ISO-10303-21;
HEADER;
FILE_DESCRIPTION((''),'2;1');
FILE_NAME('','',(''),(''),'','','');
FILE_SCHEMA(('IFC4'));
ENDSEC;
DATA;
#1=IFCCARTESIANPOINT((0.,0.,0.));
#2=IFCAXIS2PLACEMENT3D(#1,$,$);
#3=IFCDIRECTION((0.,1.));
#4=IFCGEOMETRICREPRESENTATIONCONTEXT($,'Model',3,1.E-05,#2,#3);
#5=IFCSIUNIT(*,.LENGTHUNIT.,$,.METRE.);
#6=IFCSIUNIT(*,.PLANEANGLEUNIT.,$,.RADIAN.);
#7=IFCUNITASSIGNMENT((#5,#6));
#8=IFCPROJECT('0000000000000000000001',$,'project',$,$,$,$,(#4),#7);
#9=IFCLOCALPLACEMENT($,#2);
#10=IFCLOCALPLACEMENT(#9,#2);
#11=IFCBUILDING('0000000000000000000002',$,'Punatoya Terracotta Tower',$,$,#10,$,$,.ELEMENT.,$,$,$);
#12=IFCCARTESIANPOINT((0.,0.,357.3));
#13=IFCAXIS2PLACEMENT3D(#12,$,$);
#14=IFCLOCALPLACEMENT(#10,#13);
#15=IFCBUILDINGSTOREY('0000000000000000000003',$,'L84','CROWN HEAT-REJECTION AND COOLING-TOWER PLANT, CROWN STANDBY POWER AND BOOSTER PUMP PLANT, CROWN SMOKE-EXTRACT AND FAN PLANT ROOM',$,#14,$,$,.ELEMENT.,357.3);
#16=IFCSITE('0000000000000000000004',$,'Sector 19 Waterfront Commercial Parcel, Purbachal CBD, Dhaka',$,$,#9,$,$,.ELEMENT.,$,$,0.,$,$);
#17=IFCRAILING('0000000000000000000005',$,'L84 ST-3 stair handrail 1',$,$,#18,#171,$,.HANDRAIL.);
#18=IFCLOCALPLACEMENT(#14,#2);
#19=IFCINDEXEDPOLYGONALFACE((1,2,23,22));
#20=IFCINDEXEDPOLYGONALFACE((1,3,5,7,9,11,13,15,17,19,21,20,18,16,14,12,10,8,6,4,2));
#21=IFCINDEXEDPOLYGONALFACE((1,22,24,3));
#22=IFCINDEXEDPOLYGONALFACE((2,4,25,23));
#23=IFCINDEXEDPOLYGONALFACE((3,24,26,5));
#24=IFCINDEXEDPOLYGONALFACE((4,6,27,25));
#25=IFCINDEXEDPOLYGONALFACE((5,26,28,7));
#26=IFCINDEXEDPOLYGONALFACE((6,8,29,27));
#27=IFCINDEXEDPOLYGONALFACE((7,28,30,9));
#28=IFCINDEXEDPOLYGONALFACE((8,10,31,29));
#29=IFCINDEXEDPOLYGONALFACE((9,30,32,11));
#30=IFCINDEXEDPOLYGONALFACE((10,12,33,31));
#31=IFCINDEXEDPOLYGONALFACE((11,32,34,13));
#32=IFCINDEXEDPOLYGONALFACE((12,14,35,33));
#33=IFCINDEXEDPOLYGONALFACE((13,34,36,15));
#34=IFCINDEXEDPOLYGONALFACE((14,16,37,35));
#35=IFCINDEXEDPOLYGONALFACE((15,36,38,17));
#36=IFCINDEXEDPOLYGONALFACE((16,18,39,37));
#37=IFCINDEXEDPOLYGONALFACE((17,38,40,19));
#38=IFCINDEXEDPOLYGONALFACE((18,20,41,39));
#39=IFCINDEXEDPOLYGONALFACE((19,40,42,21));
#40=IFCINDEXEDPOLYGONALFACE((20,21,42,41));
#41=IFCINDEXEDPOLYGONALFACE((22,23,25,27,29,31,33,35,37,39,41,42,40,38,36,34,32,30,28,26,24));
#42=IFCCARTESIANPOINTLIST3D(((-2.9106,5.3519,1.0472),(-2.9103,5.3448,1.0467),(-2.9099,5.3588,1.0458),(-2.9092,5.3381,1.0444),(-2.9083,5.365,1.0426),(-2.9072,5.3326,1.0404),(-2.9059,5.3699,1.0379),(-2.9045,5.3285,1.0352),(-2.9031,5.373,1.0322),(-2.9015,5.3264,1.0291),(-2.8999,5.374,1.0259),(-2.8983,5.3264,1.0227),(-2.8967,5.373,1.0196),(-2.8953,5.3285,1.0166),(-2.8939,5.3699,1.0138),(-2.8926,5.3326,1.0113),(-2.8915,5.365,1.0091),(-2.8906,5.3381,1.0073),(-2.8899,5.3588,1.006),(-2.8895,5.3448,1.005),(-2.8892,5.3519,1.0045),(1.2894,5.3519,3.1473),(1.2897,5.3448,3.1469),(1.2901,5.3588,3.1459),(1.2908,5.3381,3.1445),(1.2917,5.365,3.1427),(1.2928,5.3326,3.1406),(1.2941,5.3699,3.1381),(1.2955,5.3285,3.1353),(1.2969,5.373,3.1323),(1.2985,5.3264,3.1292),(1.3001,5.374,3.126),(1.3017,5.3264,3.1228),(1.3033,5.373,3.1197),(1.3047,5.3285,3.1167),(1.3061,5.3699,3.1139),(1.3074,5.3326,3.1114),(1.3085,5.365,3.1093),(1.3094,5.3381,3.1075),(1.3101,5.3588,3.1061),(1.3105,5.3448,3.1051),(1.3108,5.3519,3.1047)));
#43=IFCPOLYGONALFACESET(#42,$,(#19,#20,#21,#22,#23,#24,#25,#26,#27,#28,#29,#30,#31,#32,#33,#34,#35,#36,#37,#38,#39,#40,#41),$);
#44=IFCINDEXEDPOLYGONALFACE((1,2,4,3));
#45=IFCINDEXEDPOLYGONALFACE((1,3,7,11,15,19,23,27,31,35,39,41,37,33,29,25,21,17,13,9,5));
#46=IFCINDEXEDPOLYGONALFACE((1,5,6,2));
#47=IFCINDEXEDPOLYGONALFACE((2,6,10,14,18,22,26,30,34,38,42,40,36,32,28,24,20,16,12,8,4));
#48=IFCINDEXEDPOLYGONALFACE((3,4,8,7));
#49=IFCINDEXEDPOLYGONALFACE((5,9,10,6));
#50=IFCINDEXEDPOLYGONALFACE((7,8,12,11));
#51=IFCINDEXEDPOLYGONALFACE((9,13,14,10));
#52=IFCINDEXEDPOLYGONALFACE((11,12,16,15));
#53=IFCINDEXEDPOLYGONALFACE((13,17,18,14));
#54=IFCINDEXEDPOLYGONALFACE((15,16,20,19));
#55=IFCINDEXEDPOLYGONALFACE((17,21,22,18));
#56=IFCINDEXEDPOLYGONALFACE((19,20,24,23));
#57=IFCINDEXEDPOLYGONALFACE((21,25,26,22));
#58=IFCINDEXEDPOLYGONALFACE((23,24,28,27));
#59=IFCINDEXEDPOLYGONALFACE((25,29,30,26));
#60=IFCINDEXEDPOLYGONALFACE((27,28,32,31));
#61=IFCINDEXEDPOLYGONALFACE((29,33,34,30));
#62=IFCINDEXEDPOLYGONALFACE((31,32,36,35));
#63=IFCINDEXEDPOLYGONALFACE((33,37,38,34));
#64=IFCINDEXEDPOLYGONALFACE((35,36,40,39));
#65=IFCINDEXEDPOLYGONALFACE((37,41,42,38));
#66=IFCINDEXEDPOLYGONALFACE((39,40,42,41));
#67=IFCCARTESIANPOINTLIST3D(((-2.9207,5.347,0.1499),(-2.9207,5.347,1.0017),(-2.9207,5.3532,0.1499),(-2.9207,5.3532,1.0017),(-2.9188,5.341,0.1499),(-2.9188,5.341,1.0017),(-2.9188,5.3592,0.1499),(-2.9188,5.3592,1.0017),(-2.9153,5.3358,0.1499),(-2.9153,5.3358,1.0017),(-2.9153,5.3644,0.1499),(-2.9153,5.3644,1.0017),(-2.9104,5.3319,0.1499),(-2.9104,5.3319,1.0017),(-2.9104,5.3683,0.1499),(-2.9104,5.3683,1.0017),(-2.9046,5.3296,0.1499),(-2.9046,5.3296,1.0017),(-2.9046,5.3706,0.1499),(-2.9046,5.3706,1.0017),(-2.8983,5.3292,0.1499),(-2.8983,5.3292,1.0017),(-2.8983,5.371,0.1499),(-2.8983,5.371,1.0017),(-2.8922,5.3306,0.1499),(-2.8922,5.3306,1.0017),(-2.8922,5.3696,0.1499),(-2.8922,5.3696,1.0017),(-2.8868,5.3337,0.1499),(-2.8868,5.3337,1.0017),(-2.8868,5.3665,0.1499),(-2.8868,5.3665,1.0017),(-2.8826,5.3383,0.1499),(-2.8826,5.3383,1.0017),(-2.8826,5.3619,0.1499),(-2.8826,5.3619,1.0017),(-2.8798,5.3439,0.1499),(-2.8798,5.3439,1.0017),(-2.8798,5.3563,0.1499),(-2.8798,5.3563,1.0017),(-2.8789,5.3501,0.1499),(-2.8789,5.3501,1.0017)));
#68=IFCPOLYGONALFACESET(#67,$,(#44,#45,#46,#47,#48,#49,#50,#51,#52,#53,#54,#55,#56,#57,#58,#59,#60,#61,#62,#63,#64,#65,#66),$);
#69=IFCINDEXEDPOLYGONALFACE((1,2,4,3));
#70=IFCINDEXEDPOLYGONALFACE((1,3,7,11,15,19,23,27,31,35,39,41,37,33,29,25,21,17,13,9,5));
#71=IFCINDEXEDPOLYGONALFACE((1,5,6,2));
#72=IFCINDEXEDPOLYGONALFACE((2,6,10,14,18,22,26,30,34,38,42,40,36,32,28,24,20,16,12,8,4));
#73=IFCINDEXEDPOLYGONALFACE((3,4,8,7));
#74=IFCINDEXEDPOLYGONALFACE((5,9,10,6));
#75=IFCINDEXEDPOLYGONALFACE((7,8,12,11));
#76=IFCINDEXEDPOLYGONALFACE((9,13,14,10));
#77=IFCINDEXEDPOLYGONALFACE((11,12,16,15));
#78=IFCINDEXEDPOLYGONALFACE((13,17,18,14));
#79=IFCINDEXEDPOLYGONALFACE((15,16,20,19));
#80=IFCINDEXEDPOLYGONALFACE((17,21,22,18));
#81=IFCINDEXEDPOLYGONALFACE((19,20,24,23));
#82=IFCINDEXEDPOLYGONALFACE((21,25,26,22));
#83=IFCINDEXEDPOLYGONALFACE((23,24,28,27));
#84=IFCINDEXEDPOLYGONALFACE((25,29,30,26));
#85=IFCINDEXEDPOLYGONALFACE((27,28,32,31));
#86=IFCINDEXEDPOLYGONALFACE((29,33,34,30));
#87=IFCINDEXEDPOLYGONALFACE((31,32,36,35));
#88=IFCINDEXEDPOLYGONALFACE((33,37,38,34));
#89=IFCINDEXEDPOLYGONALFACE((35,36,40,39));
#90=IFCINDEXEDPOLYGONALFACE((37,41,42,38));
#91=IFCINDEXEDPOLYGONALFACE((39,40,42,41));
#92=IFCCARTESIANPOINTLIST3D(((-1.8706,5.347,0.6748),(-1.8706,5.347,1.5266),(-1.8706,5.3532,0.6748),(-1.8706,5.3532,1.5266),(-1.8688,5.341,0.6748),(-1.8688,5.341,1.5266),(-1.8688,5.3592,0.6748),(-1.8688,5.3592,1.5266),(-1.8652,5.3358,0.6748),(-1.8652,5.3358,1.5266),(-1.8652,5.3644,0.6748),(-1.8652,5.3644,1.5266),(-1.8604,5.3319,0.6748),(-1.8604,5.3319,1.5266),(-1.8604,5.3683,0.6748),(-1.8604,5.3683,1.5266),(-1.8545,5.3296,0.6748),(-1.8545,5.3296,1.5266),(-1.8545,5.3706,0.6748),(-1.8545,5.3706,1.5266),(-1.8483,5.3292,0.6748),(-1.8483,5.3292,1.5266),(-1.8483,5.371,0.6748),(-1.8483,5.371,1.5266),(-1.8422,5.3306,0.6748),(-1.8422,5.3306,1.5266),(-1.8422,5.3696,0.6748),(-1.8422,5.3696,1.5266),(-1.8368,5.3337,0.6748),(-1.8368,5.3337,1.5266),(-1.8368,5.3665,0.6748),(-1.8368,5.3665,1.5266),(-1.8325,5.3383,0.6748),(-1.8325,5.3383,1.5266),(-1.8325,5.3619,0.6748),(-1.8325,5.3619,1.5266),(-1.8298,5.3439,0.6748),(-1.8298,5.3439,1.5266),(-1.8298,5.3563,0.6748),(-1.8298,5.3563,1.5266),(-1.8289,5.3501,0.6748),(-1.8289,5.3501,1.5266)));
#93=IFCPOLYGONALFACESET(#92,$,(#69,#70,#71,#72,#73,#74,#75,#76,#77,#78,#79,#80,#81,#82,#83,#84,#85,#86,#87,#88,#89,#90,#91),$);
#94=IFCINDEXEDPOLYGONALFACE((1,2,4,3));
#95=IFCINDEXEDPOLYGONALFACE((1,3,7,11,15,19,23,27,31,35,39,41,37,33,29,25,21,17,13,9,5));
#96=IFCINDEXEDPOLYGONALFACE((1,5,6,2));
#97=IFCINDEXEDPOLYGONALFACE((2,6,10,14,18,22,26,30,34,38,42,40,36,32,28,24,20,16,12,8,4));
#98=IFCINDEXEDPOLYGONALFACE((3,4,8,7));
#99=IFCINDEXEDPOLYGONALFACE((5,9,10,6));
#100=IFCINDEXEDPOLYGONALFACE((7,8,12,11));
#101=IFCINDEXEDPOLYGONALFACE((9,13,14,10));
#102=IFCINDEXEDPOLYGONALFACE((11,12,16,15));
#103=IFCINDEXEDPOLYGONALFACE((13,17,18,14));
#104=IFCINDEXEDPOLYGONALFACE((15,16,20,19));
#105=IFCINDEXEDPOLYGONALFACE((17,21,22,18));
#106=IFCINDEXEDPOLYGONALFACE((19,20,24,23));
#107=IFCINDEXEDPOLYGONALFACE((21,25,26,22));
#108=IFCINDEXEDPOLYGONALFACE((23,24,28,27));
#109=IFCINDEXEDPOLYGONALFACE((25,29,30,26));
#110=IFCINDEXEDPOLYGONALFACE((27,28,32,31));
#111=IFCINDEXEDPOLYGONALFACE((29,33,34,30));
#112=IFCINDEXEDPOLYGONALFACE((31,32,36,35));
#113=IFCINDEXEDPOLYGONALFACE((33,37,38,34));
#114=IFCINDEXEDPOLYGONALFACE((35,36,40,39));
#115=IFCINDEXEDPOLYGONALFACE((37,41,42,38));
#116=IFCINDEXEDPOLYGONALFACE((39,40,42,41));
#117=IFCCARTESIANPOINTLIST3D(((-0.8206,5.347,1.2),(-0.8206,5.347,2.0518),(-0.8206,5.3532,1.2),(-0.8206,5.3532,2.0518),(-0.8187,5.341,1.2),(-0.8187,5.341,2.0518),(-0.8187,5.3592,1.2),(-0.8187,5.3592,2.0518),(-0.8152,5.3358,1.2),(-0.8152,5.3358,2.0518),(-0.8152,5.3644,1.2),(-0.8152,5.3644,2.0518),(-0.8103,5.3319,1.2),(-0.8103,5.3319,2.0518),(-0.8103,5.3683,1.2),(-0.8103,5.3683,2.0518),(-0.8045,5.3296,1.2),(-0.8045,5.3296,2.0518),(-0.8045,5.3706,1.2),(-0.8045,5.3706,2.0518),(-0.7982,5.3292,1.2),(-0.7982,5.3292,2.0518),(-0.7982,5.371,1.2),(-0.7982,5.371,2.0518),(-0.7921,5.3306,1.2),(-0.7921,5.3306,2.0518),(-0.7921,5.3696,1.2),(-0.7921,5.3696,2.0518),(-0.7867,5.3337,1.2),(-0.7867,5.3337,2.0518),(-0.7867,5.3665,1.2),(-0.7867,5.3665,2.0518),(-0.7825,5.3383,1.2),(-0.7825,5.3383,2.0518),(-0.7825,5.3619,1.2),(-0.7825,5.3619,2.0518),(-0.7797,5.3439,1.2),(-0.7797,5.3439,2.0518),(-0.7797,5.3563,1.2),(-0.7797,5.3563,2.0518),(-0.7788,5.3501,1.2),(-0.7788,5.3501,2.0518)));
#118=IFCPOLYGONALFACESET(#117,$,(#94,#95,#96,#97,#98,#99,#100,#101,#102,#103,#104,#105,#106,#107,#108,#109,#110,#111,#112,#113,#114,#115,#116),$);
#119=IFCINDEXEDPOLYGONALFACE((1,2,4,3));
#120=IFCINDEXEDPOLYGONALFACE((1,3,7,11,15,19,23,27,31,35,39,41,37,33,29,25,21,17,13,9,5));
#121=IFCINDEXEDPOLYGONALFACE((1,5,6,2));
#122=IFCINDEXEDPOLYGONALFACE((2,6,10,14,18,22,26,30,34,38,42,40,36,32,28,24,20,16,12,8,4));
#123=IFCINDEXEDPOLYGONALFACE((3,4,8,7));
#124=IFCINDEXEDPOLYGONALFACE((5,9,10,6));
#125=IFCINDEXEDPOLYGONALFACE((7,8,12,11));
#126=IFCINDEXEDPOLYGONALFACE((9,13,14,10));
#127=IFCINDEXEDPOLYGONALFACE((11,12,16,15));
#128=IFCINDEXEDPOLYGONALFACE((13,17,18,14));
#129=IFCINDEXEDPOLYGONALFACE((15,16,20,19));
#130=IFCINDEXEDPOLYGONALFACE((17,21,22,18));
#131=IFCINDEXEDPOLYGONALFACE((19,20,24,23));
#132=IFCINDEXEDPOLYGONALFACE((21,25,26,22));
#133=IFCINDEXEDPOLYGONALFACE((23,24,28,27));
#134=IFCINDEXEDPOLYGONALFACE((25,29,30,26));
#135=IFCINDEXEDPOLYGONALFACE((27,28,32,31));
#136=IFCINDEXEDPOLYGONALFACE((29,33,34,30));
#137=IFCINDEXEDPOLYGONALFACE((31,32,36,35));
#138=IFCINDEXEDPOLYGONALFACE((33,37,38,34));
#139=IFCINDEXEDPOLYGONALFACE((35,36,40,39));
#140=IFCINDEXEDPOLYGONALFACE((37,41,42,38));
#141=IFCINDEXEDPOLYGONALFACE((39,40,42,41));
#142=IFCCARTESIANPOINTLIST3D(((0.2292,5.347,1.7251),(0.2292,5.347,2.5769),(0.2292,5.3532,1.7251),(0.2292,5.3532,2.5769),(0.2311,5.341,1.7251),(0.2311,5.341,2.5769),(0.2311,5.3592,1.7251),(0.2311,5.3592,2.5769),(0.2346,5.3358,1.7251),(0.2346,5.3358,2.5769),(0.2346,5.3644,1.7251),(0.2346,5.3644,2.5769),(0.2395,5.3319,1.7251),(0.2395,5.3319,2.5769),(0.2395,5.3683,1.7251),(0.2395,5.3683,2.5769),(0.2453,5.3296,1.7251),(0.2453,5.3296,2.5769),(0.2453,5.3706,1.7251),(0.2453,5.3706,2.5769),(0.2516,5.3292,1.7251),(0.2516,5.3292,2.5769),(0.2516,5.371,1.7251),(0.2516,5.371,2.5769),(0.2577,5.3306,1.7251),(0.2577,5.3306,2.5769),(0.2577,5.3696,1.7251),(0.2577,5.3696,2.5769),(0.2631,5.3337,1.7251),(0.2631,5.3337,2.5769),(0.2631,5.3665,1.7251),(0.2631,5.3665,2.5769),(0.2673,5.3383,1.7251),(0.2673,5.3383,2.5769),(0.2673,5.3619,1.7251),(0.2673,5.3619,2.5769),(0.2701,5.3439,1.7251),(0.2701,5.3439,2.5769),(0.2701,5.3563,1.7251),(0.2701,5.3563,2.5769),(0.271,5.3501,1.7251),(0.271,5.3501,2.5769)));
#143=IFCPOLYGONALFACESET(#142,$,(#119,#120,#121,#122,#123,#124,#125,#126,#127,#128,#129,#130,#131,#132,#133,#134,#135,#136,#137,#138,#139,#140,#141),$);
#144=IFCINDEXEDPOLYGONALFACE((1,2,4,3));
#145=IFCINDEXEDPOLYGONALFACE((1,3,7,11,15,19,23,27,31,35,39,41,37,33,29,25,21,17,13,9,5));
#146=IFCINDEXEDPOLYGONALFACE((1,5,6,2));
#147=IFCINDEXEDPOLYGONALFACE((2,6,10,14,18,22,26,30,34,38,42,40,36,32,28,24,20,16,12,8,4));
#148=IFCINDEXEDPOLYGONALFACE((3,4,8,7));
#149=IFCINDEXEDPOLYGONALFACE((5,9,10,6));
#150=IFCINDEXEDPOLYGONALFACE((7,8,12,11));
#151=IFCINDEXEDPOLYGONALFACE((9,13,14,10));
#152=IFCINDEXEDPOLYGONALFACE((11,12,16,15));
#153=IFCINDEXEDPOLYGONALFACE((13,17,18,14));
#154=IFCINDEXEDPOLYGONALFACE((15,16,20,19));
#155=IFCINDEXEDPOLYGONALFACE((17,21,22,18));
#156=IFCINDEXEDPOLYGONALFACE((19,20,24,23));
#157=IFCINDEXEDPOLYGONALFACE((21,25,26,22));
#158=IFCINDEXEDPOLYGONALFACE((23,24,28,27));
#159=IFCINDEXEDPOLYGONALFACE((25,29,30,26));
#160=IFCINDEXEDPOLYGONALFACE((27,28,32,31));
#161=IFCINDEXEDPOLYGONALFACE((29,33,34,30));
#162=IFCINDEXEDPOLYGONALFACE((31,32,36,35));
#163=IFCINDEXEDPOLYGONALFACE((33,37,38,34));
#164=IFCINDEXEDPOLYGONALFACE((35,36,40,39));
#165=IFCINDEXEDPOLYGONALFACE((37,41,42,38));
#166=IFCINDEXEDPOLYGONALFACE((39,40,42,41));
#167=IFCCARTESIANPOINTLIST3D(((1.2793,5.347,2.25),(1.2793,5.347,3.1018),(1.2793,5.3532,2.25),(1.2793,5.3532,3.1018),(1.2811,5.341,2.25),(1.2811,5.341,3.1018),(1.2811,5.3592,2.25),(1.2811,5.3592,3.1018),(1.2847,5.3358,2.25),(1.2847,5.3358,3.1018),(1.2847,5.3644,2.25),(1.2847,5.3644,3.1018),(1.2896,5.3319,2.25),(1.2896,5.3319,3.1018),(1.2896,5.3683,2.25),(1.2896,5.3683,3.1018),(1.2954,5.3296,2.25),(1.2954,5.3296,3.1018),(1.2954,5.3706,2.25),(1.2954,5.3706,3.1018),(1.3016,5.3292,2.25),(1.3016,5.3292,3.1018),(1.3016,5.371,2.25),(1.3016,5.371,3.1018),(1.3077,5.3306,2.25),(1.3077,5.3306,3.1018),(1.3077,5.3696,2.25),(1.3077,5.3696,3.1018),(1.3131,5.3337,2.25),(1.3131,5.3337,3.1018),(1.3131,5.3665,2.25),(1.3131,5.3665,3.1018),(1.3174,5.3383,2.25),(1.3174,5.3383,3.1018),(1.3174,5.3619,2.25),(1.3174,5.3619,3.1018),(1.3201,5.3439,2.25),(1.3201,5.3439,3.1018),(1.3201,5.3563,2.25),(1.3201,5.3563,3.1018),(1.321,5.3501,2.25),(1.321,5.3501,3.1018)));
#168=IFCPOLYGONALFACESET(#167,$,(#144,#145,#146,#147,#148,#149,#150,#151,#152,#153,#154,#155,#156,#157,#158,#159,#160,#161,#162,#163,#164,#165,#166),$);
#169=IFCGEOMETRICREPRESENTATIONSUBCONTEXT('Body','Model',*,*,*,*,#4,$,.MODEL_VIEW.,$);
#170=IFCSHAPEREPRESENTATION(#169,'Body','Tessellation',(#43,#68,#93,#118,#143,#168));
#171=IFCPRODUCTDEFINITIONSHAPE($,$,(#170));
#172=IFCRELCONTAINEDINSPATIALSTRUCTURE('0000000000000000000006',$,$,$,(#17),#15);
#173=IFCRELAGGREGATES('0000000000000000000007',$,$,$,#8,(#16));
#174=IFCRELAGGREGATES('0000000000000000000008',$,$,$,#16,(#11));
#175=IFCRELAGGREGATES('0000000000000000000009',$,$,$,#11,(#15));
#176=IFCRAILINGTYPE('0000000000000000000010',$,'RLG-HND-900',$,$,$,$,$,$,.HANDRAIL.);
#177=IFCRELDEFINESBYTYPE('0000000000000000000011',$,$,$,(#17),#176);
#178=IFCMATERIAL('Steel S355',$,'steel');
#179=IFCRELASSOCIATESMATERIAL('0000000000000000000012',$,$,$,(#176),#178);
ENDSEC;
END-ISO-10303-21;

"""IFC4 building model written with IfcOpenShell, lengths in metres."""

from ifc_helpers import new_model, si_unit, direction, frame, origin, origin_2d, place, context, subcontext, project, spatial, circle, extrude, material, type_object, element, save


model = new_model("IFC4")

# Units and contexts
model_context = context("Model", 3, precision=1e-05, world=origin(), true_north=direction((0.0, 1.0)))
body_context = subcontext(model_context, "Body", "Model", "MODEL_VIEW")
ifc_project = project(units=[si_unit("LENGTHUNIT", "METRE"), si_unit("PLANEANGLEUNIT", "RADIAN")], contexts=[model_context])

# Site, building, storey
site_placement = place(None, origin())
site = spatial("IfcSite", under=ifc_project, at=site_placement, Name="Sector 19 Waterfront Commercial Parcel, Purbachal CBD, Dhaka", CompositionType="ELEMENT", RefElevation=0.0)
building_placement = place(site_placement, origin())
building = spatial("IfcBuilding", under=site, at=building_placement, Name="Punatoya Terracotta Tower", CompositionType="ELEMENT")
storey_placement = place(building_placement, frame((0.0, 0.0, 357.3)))
storey = spatial("IfcBuildingStorey", under=building, at=storey_placement, Name="L84", Description="CROWN HEAT-REJECTION AND COOLING-TOWER PLANT, CROWN STANDBY POWER AND BOOSTER PUMP PLANT, CROWN SMOKE-EXTRACT AND FAN PLANT ROOM", CompositionType="ELEMENT", Elevation=357.3)

# Shared definitions
ifc_material_1 = material(Name="Steel S355", Category="steel")

# Railing
railing_type_1 = type_object("IfcRailingType", Name="RLG-HND-900", PredefinedType="HANDRAIL", material=ifc_material_1)
railing_1_placement = place(storey_placement, frame((-2.8999, 5.3501, 0.1499)))
element("IfcRailing", 1, at=railing_1_placement, inside=storey, type_object=railing_type_1, Name="L84 ST-3 stair handrail 1", PredefinedType="HANDRAIL", context=body_context, shape_type="SweptSolid", body=[
    extrude(circle(Radius=0.0239, at=origin_2d()), frame((0.0, 0.0, 0.876), z_axis=(0.894417, 0.0, 0.447234), x_axis=(0.0, 1.0, 0.0)), (0.0, 0.0, 1.0), 4.6958),
    extrude(circle(Radius=0.021, at=origin_2d()), origin(), (0.0, 0.0, 1.0), 0.8518),
    extrude(circle(Radius=0.021, at=origin_2d()), frame((1.05, 0.0, 0.5249)), (0.0, 0.0, 1.0), 0.8518),
    extrude(circle(Radius=0.021, at=origin_2d()), frame((2.1001, 0.0, 1.05)), (0.0, 0.0, 1.0), 0.8518),
    extrude(circle(Radius=0.021, at=origin_2d()), frame((3.1499, 0.0, 1.5752)), (0.0, 0.0, 1.0), 0.8518),
    extrude(circle(Radius=0.021, at=origin_2d()), frame((4.2, 0.0, 2.1001)), (0.0, 0.0, 1.0), 0.8518),
])

save(model, "model.ifc")
